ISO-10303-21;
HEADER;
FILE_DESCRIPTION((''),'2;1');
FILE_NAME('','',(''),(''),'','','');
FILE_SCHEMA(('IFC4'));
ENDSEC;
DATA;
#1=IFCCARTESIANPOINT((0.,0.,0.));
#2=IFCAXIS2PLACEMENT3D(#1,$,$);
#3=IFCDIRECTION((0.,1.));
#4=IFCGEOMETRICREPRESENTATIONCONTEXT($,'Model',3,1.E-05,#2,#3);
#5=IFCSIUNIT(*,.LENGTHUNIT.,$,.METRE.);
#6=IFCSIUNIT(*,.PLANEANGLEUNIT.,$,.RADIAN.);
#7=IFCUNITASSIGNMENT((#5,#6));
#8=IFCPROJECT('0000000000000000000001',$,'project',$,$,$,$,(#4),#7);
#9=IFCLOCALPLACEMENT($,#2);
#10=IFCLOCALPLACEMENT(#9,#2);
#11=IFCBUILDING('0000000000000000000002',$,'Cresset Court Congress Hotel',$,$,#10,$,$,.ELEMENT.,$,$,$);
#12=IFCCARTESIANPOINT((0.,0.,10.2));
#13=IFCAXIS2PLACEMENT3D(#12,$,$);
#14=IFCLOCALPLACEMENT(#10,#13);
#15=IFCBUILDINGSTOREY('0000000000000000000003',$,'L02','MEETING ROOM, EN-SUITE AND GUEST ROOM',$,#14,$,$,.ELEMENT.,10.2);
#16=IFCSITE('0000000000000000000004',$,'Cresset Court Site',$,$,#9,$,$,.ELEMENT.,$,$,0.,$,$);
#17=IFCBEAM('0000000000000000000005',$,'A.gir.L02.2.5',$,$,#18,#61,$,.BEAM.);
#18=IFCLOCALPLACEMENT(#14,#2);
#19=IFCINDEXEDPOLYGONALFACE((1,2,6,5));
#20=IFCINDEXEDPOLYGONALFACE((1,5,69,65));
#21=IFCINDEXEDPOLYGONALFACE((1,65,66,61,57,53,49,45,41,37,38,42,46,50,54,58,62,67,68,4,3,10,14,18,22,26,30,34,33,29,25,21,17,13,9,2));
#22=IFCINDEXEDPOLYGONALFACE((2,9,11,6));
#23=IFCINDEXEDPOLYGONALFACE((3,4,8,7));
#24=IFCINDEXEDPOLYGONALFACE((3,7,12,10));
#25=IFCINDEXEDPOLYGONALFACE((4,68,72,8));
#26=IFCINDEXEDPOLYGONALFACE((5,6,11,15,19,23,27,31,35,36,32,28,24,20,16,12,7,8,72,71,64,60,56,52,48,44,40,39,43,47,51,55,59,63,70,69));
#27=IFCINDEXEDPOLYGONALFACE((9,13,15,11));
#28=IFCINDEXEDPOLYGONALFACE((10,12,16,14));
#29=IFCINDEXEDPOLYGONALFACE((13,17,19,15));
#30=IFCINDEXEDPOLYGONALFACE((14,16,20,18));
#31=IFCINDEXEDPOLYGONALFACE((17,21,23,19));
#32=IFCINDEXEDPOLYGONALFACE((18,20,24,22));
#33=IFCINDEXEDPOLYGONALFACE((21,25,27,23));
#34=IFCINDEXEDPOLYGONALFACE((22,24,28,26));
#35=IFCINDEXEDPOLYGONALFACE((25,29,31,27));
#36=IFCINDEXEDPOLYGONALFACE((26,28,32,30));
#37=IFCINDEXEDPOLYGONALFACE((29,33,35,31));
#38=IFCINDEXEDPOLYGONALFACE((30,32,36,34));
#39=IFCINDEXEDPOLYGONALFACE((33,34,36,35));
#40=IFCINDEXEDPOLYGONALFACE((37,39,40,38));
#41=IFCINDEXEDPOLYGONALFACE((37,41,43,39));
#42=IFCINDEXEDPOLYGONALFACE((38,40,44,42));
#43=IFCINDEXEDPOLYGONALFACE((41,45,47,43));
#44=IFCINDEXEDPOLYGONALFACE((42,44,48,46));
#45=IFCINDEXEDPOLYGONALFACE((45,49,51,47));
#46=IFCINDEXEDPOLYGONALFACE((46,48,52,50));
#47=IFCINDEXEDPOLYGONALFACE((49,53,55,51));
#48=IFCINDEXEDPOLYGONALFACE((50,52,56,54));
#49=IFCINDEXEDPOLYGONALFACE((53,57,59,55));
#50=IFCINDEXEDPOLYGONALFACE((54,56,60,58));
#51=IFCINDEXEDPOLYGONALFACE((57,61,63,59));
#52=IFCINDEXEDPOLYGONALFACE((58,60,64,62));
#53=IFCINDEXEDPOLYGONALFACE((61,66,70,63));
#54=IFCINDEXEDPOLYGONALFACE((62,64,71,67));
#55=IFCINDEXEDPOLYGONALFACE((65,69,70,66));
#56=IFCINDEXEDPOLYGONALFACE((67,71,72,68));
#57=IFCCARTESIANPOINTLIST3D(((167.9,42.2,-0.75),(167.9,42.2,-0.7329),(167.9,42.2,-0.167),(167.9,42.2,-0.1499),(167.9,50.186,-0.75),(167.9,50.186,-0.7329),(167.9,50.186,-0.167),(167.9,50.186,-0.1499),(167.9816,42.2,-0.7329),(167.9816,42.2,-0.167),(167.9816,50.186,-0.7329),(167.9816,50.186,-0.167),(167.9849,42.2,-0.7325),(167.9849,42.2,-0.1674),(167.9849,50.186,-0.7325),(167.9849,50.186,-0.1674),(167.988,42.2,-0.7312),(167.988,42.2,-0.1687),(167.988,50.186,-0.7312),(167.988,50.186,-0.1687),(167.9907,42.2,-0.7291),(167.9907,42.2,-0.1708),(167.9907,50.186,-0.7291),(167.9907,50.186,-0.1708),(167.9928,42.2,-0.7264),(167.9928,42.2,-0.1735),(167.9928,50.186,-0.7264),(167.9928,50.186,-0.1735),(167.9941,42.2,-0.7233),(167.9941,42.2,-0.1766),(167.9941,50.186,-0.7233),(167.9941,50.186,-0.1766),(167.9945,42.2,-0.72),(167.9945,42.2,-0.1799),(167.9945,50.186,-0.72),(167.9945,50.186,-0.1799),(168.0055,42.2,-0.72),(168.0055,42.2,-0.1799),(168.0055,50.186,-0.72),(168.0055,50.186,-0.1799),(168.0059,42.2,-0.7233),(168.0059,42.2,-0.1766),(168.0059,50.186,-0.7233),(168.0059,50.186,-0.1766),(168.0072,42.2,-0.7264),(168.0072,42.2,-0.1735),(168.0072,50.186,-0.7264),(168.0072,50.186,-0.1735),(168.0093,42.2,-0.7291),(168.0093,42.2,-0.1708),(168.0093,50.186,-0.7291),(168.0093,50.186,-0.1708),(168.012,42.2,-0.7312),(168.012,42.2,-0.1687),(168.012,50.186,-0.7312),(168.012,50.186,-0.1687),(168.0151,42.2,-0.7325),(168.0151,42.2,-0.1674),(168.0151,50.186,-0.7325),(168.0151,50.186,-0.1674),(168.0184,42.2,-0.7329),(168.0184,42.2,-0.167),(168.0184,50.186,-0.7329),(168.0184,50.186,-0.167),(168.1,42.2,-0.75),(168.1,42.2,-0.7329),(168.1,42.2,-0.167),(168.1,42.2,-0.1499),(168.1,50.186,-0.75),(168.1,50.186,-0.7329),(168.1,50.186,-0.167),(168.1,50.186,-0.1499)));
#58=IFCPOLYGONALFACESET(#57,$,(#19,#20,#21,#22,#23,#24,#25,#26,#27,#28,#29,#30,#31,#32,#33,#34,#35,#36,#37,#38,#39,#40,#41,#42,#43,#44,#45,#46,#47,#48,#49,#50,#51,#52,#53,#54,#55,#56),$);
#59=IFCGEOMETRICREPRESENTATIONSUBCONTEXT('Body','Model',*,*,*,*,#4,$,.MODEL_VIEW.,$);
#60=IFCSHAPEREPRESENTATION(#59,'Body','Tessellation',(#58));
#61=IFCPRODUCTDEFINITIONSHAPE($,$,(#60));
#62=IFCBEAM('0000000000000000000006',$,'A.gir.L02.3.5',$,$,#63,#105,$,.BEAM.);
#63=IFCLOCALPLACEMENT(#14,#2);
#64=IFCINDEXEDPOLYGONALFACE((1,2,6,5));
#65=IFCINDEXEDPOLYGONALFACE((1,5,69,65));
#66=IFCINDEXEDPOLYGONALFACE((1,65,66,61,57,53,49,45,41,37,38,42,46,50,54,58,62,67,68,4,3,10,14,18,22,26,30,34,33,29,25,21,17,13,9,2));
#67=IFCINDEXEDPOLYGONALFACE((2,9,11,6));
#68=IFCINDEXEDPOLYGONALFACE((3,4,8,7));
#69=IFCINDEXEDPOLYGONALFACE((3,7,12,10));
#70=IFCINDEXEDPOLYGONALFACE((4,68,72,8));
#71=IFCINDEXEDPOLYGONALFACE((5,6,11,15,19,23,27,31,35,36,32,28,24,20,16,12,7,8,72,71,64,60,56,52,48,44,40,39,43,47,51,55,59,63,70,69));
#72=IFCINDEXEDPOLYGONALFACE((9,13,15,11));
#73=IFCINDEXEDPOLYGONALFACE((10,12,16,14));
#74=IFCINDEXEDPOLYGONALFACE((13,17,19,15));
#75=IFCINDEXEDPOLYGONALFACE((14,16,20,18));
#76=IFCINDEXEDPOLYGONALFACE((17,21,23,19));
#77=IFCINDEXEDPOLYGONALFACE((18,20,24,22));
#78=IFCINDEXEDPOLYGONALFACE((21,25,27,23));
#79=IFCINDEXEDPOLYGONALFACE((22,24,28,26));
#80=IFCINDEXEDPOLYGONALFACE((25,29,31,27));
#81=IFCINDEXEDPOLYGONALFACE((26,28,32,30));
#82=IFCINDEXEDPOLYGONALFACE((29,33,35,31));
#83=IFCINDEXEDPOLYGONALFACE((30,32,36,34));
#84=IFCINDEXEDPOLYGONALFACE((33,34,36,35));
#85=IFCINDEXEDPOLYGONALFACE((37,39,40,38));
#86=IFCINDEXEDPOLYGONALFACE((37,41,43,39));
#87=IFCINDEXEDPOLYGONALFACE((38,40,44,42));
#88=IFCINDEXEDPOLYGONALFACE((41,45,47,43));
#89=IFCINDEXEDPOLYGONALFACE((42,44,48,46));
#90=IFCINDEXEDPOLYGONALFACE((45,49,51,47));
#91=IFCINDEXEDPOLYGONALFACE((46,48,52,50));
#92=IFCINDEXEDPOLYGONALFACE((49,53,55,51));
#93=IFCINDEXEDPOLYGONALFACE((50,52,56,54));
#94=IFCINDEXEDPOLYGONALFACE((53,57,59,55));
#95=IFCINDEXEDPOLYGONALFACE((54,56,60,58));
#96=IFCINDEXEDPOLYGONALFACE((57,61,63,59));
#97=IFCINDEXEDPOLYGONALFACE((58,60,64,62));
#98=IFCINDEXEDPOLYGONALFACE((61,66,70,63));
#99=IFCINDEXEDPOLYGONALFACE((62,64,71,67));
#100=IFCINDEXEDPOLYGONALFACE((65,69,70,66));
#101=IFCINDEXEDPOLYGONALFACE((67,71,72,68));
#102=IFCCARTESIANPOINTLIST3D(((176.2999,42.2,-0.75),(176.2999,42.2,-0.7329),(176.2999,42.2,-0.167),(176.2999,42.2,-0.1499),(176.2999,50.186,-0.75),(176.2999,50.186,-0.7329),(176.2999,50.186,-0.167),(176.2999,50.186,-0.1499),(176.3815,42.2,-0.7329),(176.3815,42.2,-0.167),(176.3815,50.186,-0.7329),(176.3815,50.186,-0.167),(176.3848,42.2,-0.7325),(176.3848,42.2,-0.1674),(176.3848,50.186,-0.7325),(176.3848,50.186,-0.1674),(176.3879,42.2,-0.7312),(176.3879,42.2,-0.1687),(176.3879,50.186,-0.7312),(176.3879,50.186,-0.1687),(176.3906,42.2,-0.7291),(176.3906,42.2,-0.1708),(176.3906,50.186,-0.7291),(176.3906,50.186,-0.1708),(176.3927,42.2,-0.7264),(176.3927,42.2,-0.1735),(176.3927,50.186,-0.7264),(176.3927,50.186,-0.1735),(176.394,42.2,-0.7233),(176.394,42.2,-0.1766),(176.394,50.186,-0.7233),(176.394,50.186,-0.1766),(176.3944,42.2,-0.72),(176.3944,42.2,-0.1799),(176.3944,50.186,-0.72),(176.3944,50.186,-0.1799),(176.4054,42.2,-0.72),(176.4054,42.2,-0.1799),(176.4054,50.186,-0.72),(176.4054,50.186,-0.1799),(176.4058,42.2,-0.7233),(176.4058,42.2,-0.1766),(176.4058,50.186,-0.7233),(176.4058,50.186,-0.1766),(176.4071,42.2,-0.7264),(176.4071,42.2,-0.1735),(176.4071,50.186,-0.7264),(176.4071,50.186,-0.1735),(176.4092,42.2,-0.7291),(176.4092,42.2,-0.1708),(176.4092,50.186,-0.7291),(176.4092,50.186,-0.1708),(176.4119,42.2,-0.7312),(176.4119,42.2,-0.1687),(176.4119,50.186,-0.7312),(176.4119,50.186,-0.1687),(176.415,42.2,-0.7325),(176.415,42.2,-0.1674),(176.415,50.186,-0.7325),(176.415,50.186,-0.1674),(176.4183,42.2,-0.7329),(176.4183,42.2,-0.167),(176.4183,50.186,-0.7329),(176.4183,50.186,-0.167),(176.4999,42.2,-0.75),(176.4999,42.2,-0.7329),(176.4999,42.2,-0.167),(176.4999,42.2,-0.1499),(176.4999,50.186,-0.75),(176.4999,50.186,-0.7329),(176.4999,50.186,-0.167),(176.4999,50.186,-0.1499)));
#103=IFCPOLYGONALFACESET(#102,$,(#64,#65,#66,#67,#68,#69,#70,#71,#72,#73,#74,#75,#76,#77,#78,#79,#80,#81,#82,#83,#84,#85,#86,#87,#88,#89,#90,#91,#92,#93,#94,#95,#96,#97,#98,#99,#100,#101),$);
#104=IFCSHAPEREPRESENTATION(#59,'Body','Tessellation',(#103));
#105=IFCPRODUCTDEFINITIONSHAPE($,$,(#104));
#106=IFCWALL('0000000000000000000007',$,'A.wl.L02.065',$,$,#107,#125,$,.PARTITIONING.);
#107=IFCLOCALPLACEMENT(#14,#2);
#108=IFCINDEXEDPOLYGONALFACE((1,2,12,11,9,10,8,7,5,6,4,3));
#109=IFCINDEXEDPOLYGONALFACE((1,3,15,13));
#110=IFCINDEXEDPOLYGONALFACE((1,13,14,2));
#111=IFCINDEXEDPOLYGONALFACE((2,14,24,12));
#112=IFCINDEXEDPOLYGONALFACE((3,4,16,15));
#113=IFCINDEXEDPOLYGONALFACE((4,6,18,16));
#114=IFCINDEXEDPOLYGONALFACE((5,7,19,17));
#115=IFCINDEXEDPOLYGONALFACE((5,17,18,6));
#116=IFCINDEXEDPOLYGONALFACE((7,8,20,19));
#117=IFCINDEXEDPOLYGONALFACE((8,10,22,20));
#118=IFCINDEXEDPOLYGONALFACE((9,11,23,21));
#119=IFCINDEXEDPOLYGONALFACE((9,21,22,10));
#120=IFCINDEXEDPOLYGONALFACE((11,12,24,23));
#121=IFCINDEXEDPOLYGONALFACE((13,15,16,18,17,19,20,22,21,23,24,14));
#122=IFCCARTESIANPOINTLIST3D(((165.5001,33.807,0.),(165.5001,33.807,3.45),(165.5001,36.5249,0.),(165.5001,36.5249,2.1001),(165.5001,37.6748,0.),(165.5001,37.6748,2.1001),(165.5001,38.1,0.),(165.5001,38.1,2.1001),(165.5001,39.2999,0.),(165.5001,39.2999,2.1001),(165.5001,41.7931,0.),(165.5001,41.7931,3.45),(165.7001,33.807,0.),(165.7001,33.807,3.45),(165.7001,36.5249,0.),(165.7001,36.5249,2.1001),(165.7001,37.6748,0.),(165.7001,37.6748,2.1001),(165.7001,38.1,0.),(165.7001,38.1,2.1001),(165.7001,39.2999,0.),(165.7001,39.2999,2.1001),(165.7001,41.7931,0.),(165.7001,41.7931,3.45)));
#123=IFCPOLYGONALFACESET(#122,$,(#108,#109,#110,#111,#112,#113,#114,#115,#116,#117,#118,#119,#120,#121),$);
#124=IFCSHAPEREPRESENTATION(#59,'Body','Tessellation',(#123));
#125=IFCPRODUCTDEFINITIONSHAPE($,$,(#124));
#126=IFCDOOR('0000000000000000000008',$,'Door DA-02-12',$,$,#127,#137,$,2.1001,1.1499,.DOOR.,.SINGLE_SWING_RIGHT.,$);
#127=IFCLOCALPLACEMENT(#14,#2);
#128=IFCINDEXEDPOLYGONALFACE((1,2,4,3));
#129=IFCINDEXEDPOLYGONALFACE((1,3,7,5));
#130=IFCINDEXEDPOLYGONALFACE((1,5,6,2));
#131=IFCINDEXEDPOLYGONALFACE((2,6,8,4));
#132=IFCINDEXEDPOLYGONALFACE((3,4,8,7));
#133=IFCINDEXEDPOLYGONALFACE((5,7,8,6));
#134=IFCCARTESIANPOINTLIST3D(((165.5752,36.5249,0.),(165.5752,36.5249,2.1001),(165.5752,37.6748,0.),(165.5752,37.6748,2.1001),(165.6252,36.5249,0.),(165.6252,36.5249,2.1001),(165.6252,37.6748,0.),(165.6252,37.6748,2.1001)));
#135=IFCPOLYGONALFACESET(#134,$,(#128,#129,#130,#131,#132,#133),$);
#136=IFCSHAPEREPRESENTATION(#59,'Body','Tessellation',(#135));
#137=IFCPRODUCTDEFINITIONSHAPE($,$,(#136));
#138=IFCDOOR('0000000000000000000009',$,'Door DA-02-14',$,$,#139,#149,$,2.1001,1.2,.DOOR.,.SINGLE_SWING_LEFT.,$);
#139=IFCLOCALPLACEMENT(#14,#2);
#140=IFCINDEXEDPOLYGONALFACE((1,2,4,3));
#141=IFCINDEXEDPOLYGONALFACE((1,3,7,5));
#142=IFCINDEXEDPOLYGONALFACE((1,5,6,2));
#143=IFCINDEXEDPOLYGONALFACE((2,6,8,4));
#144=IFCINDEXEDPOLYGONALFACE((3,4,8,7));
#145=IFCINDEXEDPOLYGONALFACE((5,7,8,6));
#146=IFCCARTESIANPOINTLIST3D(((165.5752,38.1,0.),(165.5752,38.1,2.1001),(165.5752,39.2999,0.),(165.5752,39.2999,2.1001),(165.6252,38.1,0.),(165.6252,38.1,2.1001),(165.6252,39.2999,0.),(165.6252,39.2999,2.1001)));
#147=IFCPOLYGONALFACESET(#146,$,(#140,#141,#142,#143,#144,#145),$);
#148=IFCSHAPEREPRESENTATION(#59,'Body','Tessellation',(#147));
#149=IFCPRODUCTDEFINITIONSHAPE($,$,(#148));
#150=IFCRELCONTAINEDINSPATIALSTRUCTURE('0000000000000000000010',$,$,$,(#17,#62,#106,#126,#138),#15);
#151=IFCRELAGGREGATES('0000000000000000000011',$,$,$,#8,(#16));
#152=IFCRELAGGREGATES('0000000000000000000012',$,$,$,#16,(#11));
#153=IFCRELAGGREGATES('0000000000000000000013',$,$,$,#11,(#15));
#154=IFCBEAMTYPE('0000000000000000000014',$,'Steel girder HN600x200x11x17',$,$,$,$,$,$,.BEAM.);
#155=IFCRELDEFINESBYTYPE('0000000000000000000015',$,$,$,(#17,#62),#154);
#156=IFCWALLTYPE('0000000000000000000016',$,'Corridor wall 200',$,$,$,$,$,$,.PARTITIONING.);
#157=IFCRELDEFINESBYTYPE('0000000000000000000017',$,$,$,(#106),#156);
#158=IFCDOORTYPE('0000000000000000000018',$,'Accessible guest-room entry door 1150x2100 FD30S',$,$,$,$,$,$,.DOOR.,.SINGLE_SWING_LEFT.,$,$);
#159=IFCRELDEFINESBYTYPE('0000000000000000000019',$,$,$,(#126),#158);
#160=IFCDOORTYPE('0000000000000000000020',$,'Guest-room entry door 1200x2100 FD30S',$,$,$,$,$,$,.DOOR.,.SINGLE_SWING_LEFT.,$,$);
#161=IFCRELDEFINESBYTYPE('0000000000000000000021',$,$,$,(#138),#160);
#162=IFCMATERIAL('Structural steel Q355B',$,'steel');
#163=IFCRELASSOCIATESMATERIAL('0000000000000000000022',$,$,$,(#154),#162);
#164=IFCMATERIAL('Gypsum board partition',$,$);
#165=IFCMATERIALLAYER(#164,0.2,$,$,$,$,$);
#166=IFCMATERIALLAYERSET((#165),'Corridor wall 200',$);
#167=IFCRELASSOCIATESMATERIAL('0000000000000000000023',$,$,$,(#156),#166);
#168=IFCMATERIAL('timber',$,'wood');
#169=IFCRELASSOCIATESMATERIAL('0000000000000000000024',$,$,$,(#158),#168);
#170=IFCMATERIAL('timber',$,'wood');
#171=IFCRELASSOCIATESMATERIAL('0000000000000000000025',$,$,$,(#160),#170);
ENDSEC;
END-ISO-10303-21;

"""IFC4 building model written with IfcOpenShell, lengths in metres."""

from ifc_helpers import new_model, si_unit, direction, frame, frame_2d, origin, origin_2d, place, context, subcontext, project, spatial, rectangle, i_section, extrude, material, layer, layer_set, material_profile, profile_set, type_object, element, fill, save


model = new_model("IFC4")

# Units and contexts
model_context = context("Model", 3, precision=1e-05, world=origin(), true_north=direction((0.0, 1.0)))
body_context = subcontext(model_context, "Body", "Model", "MODEL_VIEW")
ifc_project = project(units=[si_unit("LENGTHUNIT", "METRE"), si_unit("PLANEANGLEUNIT", "RADIAN")], contexts=[model_context])

# Site, building, storey
site_placement = place(None, origin())
site = spatial("IfcSite", under=ifc_project, at=site_placement, Name="Cresset Court Site", CompositionType="ELEMENT", RefElevation=0.0)
building_placement = place(site_placement, origin())
building = spatial("IfcBuilding", under=site, at=building_placement, Name="Cresset Court Congress Hotel", CompositionType="ELEMENT")
storey_placement = place(building_placement, frame((0.0, 0.0, 10.2)))
storey = spatial("IfcBuildingStorey", under=building, at=storey_placement, Name="L02", Description="MEETING ROOM, EN-SUITE AND GUEST ROOM", CompositionType="ELEMENT", Elevation=10.2)

# Beams
ifc_material_1 = material(Name="Structural steel Q355B", Category="steel")
ifc_material_profile_1 = material_profile(ifc_material_1, i_section(OverallWidth=0.2, OverallDepth=0.6001, WebThickness=0.011, FlangeThickness=0.0171, FilletRadius=0.0129, at=origin_2d()), Name="HN600x200x11x17")
ifc_profile_set_1 = profile_set([ifc_material_profile_1], Name="Structural steel Q355B")
beam_type_1 = type_object("IfcBeamType", Name="Steel girder HN600x200x11x17", PredefinedType="BEAM", material=ifc_profile_set_1)
for number, where, z_axis, x_axis, name in (
    (1, (168.0, 42.2, -0.45), (0.0, 1.0, 0.0), (-1.0, 0.0, 0.0), "A.gir.L02.2.5"),
    (2, (176.3999, 42.2, -0.45), (0.0, 1.0, 0.0), (-1.0, 0.0, 0.0), "A.gir.L02.3.5"),
):
    element("IfcBeam", number, at=place(storey_placement, frame(where, z_axis=z_axis, x_axis=x_axis)), inside=storey, type_object=beam_type_1, Name=name, PredefinedType="BEAM", context=body_context, shape_type="SweptSolid", body=[
        extrude(i_section(OverallWidth=0.2, OverallDepth=0.6001, WebThickness=0.011, FlangeThickness=0.0171, FilletRadius=0.0129, at=origin_2d()), origin(), (0.0, 0.0, 1.0), 7.9861),
    ])

# Wall, openings, doors
ifc_material_2 = material(Name="Gypsum board partition")
ifc_layer_1 = layer(ifc_material_2, 0.2)
ifc_layer_set_1 = layer_set([ifc_layer_1], Name="Corridor wall 200")
wall_type_1 = type_object("IfcWallType", Name="Corridor wall 200", PredefinedType="PARTITIONING", material=ifc_layer_set_1)
wall_1_placement = place(storey_placement, frame((165.6001, 33.8069, 0.0), z_axis=(0.0, 0.0, 1.0), x_axis=(0.0, 1.0, 0.0)))
wall_1 = element("IfcWall", 3, at=wall_1_placement, inside=storey, type_object=wall_type_1, Name="A.wl.L02.065", PredefinedType="PARTITIONING", context=body_context, shape_type="SweptSolid", body=[
    extrude(rectangle(XDim=7.9861, YDim=0.2, at=frame_2d((3.9932, 0.0))), origin(), (0.0, 0.0, 1.0), 3.45),
])
opening_1_placement = place(wall_1_placement, frame((2.718, 0.0, 0.0)))
opening_1 = element("IfcOpeningElement", 4, at=opening_1_placement, cuts=wall_1, PredefinedType="OPENING", context=body_context, shape_type="SweptSolid", body=[
    extrude(rectangle(XDim=1.1499, YDim=2.1001, at=frame_2d((0.575, 1.05))), frame((0.0, 0.1099, 0.0), z_axis=(0.0, -1.0, 0.0), x_axis=(1.0, 0.0, 0.0)), (0.0, 0.0, 1.0), 0.22),
])
opening_2_placement = place(wall_1_placement, frame((4.293, 0.0, 0.0)))
opening_2 = element("IfcOpeningElement", 5, at=opening_2_placement, cuts=wall_1, PredefinedType="OPENING", context=body_context, shape_type="SweptSolid", body=[
    extrude(rectangle(XDim=1.2, YDim=2.1001, at=frame_2d((0.6001, 1.05))), frame((0.0, 0.1099, 0.0), z_axis=(0.0, -1.0, 0.0), x_axis=(1.0, 0.0, 0.0)), (0.0, 0.0, 1.0), 0.22),
])
ifc_material_3 = material(Name="timber", Category="wood")
door_type_1 = type_object("IfcDoorType", Name="Accessible guest-room entry door 1150x2100 FD30S", OperationType="SINGLE_SWING_LEFT", PredefinedType="DOOR", material=ifc_material_3)
door_1_placement = place(opening_1_placement, origin())
door_1 = element("IfcDoor", 6, at=door_1_placement, inside=storey, type_object=door_type_1, Name="Door DA-02-12", OperationType="SINGLE_SWING_RIGHT", OverallHeight=2.1001, OverallWidth=1.1499, PredefinedType="DOOR", context=body_context, shape_type="SweptSolid", body=[
    extrude(rectangle(XDim=1.1499, YDim=2.1001, at=frame_2d((0.575, 1.05))), frame((0.0, 0.0249, 0.0), z_axis=(0.0, -1.0, 0.0), x_axis=(1.0, 0.0, 0.0)), (0.0, 0.0, 1.0), 0.05),
])
fill(opening_1, door_1)
ifc_material_4 = material(Name="timber", Category="wood")
door_type_2 = type_object("IfcDoorType", Name="Guest-room entry door 1200x2100 FD30S", OperationType="SINGLE_SWING_LEFT", PredefinedType="DOOR", material=ifc_material_4)
door_2_placement = place(opening_2_placement, origin())
door_2 = element("IfcDoor", 7, at=door_2_placement, inside=storey, type_object=door_type_2, Name="Door DA-02-14", OperationType="SINGLE_SWING_LEFT", OverallHeight=2.1001, OverallWidth=1.2, PredefinedType="DOOR", context=body_context, shape_type="SweptSolid", body=[
    extrude(rectangle(XDim=1.2, YDim=2.1001, at=frame_2d((0.6001, 1.05))), frame((0.0, 0.0249, 0.0), z_axis=(0.0, -1.0, 0.0), x_axis=(1.0, 0.0, 0.0)), (0.0, 0.0, 1.0), 0.05),
])
fill(opening_2, door_2)

save(model, "model.ifc")
